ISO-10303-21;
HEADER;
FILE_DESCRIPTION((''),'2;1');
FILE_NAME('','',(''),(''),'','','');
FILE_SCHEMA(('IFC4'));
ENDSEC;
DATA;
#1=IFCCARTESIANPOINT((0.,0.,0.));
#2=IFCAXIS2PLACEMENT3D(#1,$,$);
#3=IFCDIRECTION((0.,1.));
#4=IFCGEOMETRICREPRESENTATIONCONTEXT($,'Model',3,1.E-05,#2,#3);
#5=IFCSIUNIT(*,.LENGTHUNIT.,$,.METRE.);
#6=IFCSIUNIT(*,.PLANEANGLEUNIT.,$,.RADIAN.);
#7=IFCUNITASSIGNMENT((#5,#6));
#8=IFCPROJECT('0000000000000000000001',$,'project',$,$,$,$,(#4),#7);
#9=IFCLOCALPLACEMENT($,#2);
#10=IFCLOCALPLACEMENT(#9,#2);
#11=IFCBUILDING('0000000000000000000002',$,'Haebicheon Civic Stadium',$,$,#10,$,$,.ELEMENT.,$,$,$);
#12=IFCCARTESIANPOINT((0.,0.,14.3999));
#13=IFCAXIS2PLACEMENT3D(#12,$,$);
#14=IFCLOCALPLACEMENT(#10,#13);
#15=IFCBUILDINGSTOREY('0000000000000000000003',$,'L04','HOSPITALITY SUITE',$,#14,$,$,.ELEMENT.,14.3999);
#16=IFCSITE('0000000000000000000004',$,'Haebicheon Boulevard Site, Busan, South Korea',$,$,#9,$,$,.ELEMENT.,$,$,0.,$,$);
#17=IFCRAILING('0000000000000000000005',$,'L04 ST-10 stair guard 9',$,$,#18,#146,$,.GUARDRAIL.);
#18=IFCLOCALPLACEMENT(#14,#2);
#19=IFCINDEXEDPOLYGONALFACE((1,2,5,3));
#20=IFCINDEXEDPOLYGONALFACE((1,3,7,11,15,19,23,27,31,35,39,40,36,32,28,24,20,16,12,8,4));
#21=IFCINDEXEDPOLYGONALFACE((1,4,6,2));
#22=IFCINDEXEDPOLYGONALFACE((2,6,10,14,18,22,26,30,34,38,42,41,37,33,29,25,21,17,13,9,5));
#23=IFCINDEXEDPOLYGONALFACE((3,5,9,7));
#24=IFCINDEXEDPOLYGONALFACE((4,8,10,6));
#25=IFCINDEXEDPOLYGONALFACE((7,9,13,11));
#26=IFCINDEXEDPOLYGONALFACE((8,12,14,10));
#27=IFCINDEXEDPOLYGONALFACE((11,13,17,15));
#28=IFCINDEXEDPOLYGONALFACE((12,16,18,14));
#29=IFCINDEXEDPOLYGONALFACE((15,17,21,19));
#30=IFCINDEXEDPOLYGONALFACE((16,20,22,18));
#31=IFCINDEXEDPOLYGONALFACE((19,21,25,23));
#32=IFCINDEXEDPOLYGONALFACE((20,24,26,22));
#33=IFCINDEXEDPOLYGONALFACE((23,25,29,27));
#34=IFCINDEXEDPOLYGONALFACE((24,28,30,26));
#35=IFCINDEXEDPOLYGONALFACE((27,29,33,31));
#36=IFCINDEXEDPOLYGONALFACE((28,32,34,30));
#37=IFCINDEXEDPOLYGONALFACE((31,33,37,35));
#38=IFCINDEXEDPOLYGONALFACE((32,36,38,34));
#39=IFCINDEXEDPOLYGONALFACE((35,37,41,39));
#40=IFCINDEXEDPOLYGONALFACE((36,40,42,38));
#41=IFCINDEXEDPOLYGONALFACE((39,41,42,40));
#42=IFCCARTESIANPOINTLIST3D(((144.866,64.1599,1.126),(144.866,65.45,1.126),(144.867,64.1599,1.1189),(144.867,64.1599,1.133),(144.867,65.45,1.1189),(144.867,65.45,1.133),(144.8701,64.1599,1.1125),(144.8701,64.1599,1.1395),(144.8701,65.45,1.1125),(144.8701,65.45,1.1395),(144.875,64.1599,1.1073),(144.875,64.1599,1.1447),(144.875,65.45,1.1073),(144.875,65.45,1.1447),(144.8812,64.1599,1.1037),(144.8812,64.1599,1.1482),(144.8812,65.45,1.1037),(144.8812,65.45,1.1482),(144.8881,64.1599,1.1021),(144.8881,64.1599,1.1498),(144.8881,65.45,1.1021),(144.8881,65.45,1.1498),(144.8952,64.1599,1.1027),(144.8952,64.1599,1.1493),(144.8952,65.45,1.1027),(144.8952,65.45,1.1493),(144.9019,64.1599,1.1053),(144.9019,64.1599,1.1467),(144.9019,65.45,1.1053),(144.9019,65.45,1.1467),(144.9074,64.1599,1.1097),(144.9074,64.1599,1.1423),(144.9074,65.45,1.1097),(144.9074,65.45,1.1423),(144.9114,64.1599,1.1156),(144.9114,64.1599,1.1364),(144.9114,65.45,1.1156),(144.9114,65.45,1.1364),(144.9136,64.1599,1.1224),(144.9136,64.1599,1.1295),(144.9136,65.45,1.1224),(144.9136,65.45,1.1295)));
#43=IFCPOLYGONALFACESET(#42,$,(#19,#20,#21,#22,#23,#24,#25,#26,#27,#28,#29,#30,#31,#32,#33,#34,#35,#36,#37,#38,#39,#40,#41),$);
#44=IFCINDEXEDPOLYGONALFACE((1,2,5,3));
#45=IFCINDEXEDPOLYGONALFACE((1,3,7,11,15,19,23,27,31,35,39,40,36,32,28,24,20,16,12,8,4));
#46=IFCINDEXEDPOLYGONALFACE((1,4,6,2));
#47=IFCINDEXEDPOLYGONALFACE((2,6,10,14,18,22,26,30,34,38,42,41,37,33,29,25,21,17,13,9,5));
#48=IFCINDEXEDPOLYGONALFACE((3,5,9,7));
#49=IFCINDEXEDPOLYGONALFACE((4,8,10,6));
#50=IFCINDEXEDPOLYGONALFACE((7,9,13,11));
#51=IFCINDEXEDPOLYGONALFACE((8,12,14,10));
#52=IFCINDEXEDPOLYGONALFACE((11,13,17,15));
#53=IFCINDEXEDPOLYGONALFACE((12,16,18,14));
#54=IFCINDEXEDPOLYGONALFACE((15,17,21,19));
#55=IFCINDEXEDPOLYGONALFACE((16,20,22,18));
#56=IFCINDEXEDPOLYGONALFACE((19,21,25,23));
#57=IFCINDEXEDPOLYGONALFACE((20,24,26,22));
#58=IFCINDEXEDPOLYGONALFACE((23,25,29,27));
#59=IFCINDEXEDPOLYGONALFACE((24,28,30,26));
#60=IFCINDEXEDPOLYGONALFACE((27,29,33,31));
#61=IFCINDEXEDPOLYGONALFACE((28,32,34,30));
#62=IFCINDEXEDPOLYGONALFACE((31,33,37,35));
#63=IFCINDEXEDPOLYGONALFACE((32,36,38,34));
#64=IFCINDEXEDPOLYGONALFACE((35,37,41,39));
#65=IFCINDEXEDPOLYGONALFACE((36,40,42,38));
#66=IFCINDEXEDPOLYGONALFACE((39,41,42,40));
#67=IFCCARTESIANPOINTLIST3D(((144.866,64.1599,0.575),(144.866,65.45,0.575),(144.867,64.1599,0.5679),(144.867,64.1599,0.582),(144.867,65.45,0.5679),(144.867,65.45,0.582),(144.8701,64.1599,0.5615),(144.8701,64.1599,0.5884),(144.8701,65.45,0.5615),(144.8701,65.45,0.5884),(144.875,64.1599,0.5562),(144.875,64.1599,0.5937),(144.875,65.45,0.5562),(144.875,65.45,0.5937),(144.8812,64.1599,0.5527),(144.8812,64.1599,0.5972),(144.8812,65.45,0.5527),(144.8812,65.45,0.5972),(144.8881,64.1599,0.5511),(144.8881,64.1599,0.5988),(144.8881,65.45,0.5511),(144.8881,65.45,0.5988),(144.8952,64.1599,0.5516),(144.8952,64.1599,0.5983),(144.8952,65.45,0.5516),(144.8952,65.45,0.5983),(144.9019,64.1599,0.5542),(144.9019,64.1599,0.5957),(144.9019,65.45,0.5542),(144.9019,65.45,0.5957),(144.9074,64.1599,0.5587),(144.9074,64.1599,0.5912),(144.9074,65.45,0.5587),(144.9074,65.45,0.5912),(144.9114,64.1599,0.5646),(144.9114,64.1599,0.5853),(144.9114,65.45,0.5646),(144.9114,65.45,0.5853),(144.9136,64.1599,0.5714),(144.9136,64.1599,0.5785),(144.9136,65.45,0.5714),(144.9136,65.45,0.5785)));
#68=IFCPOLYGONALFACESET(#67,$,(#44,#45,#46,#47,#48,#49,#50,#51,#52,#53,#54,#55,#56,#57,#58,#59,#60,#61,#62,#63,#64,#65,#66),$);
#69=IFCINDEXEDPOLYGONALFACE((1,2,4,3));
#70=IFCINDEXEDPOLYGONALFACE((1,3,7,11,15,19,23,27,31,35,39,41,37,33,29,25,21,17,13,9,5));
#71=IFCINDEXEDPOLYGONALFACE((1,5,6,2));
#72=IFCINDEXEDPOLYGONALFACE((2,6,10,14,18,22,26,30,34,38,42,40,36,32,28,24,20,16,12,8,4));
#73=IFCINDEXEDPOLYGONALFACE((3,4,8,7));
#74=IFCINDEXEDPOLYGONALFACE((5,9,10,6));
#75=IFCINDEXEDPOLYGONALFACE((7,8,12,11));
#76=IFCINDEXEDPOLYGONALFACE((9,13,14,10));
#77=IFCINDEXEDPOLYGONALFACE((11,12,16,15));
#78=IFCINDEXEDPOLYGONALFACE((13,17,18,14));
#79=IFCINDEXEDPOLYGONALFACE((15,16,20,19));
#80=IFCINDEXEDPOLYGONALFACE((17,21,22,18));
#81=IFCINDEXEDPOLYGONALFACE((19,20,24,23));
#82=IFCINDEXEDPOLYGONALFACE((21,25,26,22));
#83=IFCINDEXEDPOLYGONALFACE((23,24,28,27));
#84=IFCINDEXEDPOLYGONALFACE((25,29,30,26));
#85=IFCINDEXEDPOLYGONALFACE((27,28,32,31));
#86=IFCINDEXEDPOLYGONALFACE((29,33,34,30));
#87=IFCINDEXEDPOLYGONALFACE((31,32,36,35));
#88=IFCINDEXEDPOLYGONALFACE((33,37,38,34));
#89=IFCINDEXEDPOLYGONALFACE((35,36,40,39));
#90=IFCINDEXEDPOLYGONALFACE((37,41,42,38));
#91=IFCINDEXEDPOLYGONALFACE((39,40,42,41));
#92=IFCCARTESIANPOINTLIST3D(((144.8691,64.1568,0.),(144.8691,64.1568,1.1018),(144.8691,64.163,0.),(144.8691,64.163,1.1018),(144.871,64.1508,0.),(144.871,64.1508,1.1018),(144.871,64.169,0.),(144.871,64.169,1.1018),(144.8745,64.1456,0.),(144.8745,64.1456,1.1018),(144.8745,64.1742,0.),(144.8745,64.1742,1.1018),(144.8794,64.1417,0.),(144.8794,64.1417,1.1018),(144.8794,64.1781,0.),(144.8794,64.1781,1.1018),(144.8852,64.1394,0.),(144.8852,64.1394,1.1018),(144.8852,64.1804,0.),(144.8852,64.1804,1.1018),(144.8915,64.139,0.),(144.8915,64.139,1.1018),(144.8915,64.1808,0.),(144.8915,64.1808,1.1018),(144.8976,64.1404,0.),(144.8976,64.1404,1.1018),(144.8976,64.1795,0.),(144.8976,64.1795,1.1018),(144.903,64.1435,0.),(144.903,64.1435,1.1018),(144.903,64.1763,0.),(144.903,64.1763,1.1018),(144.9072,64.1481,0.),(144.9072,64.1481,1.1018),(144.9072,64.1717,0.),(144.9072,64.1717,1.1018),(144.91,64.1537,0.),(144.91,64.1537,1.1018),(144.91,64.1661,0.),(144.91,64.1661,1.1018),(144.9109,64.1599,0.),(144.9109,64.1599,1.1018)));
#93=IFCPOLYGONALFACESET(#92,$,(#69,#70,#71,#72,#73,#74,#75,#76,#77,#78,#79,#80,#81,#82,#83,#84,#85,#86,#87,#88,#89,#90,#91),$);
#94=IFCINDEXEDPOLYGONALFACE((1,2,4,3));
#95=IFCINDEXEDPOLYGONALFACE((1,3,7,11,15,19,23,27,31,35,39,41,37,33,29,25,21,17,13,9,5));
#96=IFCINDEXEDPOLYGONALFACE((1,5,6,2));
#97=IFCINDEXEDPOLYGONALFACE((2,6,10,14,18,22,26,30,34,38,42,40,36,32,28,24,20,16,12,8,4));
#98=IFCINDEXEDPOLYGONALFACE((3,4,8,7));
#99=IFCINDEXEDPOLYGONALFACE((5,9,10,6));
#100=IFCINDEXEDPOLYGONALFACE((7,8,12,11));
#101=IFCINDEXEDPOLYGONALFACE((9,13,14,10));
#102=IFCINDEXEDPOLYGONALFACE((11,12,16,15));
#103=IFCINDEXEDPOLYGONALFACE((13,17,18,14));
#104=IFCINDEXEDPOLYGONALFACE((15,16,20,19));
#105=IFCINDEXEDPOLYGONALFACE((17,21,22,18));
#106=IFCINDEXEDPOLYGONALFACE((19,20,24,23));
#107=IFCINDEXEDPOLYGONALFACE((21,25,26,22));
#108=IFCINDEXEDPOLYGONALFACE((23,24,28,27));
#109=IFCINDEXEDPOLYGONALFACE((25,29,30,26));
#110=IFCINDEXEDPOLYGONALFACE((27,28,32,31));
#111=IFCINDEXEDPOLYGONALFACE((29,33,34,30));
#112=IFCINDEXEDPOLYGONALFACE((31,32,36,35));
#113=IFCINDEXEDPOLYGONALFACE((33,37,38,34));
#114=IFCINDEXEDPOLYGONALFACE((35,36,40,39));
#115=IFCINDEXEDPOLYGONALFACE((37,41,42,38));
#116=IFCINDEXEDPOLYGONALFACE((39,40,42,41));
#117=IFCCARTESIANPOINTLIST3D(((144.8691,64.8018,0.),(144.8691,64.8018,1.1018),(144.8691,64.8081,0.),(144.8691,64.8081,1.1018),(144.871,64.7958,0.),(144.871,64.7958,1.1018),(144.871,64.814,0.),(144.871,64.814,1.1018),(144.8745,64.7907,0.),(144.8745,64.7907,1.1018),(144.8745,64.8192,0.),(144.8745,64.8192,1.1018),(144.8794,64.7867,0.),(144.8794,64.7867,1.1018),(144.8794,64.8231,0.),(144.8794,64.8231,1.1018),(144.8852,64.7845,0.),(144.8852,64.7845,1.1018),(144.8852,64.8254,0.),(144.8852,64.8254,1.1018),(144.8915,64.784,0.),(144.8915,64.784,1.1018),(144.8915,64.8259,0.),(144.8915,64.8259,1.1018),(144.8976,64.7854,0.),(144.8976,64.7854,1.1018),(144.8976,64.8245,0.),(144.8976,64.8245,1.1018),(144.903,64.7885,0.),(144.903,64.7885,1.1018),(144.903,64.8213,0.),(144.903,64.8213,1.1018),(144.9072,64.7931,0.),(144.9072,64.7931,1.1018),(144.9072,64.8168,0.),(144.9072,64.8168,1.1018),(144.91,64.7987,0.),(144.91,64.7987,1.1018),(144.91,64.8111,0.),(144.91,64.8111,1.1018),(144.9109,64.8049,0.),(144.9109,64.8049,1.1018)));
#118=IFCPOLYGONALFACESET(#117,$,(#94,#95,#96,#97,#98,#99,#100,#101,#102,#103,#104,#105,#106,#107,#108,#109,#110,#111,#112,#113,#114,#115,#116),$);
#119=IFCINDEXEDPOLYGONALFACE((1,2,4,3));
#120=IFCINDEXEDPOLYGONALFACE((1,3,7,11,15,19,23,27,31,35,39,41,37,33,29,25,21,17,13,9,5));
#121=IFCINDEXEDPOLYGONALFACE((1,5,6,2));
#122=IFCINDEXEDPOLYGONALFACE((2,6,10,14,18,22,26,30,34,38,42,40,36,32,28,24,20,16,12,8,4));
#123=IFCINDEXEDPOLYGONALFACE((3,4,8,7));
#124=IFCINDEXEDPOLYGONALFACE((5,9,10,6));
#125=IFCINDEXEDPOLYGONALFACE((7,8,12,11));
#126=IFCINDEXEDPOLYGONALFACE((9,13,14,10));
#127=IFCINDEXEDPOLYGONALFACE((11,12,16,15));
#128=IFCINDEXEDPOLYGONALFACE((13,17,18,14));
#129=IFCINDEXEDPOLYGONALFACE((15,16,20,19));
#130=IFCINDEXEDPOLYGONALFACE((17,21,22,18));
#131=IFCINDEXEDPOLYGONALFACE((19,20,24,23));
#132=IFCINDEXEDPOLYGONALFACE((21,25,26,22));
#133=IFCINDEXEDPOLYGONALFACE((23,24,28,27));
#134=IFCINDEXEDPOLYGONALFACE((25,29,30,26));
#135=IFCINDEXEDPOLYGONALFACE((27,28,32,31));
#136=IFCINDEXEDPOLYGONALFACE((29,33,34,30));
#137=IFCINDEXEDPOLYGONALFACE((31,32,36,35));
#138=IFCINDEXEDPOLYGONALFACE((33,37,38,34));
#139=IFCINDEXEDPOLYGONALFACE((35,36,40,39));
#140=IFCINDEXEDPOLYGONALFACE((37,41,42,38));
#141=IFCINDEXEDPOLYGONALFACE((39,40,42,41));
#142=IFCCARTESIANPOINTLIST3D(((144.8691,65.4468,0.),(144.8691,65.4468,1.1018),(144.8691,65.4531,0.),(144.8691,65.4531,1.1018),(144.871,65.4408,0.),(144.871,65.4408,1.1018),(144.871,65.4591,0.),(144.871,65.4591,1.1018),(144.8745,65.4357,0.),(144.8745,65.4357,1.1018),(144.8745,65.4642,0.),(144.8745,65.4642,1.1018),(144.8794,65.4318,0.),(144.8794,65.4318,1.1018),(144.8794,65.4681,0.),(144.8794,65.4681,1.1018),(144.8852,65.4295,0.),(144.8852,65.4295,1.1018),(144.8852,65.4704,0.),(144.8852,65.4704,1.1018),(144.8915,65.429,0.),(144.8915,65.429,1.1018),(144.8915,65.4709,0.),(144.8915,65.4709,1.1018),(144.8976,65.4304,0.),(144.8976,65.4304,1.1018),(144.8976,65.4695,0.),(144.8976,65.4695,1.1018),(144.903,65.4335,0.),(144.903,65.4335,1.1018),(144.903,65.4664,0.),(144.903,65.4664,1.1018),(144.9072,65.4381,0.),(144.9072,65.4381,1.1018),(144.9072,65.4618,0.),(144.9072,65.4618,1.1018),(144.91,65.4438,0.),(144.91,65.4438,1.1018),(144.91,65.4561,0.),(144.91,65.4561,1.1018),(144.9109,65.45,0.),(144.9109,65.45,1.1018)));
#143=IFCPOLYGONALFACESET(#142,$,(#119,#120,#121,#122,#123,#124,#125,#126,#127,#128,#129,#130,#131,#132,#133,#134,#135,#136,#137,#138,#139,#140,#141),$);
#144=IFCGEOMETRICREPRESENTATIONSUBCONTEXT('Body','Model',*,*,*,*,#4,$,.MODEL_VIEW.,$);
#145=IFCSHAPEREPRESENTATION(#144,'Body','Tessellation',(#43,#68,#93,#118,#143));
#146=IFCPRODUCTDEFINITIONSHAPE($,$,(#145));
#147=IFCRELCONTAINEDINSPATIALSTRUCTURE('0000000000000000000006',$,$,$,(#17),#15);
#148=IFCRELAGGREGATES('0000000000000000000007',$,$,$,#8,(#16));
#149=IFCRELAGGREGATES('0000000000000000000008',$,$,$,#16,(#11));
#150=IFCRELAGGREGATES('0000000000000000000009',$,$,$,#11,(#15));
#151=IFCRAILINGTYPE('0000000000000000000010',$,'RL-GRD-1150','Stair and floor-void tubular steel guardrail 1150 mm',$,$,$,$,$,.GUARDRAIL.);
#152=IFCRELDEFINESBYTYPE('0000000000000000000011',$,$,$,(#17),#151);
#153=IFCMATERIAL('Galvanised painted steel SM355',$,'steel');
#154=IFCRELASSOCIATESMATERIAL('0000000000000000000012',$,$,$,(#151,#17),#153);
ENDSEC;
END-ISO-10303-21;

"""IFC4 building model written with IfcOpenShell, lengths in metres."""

from ifc_helpers import new_model, si_unit, direction, frame, origin, origin_2d, place, context, subcontext, project, spatial, circle, extrude, material, type_object, element, save


model = new_model("IFC4")

# Units and contexts
model_context = context("Model", 3, precision=1e-05, world=origin(), true_north=direction((0.0, 1.0)))
body_context = subcontext(model_context, "Body", "Model", "MODEL_VIEW")
ifc_project = project(units=[si_unit("LENGTHUNIT", "METRE"), si_unit("PLANEANGLEUNIT", "RADIAN")], contexts=[model_context])

# Site, building, storey
site_placement = place(None, origin())
site = spatial("IfcSite", under=ifc_project, at=site_placement, Name="Haebicheon Boulevard Site, Busan, South Korea", CompositionType="ELEMENT", RefElevation=0.0)
building_placement = place(site_placement, origin())
building = spatial("IfcBuilding", under=site, at=building_placement, Name="Haebicheon Civic Stadium", CompositionType="ELEMENT")
storey_placement = place(building_placement, frame((0.0, 0.0, 14.3999)))
storey = spatial("IfcBuildingStorey", under=building, at=storey_placement, Name="L04", Description="HOSPITALITY SUITE", CompositionType="ELEMENT", Elevation=14.3999)

# Railing
ifc_material_1 = material(Name="Galvanised painted steel SM355", Category="steel")
railing_type_1 = type_object("IfcRailingType", Name="RL-GRD-1150", Description="Stair and floor-void tubular steel guardrail 1150 mm", PredefinedType="GUARDRAIL", material=ifc_material_1)
for number, where, name in (
    (1, (144.8899, 64.1599, 0.0), "L04 ST-10 stair guard 9"),
):
    element("IfcRailing", number, at=place(storey_placement, frame(where)), inside=storey, type_object=railing_type_1, material=ifc_material_1, Name=name, PredefinedType="GUARDRAIL", context=body_context, shape_type="SweptSolid", body=[
        extrude(circle(Radius=0.0239, at=origin_2d()), frame((0.0, 0.0, 1.126), z_axis=(0.0, 1.0, 0.0), x_axis=(-1.0, 0.0, 0.0)), (0.0, 0.0, 1.0), 1.29),
        extrude(circle(Radius=0.0239, at=origin_2d()), frame((0.0, 0.0, 0.575), z_axis=(0.0, 1.0, 0.0), x_axis=(-1.0, 0.0, 0.0)), (0.0, 0.0, 1.0), 1.29),
        extrude(circle(Radius=0.021, at=origin_2d()), origin(), (0.0, 0.0, 1.0), 1.1018),
        extrude(circle(Radius=0.021, at=origin_2d()), frame((0.0, 0.645, 0.0)), (0.0, 0.0, 1.0), 1.1018),
        extrude(circle(Radius=0.021, at=origin_2d()), frame((0.0, 1.29, 0.0)), (0.0, 0.0, 1.0), 1.1018),
    ])

save(model, "model.ifc")
